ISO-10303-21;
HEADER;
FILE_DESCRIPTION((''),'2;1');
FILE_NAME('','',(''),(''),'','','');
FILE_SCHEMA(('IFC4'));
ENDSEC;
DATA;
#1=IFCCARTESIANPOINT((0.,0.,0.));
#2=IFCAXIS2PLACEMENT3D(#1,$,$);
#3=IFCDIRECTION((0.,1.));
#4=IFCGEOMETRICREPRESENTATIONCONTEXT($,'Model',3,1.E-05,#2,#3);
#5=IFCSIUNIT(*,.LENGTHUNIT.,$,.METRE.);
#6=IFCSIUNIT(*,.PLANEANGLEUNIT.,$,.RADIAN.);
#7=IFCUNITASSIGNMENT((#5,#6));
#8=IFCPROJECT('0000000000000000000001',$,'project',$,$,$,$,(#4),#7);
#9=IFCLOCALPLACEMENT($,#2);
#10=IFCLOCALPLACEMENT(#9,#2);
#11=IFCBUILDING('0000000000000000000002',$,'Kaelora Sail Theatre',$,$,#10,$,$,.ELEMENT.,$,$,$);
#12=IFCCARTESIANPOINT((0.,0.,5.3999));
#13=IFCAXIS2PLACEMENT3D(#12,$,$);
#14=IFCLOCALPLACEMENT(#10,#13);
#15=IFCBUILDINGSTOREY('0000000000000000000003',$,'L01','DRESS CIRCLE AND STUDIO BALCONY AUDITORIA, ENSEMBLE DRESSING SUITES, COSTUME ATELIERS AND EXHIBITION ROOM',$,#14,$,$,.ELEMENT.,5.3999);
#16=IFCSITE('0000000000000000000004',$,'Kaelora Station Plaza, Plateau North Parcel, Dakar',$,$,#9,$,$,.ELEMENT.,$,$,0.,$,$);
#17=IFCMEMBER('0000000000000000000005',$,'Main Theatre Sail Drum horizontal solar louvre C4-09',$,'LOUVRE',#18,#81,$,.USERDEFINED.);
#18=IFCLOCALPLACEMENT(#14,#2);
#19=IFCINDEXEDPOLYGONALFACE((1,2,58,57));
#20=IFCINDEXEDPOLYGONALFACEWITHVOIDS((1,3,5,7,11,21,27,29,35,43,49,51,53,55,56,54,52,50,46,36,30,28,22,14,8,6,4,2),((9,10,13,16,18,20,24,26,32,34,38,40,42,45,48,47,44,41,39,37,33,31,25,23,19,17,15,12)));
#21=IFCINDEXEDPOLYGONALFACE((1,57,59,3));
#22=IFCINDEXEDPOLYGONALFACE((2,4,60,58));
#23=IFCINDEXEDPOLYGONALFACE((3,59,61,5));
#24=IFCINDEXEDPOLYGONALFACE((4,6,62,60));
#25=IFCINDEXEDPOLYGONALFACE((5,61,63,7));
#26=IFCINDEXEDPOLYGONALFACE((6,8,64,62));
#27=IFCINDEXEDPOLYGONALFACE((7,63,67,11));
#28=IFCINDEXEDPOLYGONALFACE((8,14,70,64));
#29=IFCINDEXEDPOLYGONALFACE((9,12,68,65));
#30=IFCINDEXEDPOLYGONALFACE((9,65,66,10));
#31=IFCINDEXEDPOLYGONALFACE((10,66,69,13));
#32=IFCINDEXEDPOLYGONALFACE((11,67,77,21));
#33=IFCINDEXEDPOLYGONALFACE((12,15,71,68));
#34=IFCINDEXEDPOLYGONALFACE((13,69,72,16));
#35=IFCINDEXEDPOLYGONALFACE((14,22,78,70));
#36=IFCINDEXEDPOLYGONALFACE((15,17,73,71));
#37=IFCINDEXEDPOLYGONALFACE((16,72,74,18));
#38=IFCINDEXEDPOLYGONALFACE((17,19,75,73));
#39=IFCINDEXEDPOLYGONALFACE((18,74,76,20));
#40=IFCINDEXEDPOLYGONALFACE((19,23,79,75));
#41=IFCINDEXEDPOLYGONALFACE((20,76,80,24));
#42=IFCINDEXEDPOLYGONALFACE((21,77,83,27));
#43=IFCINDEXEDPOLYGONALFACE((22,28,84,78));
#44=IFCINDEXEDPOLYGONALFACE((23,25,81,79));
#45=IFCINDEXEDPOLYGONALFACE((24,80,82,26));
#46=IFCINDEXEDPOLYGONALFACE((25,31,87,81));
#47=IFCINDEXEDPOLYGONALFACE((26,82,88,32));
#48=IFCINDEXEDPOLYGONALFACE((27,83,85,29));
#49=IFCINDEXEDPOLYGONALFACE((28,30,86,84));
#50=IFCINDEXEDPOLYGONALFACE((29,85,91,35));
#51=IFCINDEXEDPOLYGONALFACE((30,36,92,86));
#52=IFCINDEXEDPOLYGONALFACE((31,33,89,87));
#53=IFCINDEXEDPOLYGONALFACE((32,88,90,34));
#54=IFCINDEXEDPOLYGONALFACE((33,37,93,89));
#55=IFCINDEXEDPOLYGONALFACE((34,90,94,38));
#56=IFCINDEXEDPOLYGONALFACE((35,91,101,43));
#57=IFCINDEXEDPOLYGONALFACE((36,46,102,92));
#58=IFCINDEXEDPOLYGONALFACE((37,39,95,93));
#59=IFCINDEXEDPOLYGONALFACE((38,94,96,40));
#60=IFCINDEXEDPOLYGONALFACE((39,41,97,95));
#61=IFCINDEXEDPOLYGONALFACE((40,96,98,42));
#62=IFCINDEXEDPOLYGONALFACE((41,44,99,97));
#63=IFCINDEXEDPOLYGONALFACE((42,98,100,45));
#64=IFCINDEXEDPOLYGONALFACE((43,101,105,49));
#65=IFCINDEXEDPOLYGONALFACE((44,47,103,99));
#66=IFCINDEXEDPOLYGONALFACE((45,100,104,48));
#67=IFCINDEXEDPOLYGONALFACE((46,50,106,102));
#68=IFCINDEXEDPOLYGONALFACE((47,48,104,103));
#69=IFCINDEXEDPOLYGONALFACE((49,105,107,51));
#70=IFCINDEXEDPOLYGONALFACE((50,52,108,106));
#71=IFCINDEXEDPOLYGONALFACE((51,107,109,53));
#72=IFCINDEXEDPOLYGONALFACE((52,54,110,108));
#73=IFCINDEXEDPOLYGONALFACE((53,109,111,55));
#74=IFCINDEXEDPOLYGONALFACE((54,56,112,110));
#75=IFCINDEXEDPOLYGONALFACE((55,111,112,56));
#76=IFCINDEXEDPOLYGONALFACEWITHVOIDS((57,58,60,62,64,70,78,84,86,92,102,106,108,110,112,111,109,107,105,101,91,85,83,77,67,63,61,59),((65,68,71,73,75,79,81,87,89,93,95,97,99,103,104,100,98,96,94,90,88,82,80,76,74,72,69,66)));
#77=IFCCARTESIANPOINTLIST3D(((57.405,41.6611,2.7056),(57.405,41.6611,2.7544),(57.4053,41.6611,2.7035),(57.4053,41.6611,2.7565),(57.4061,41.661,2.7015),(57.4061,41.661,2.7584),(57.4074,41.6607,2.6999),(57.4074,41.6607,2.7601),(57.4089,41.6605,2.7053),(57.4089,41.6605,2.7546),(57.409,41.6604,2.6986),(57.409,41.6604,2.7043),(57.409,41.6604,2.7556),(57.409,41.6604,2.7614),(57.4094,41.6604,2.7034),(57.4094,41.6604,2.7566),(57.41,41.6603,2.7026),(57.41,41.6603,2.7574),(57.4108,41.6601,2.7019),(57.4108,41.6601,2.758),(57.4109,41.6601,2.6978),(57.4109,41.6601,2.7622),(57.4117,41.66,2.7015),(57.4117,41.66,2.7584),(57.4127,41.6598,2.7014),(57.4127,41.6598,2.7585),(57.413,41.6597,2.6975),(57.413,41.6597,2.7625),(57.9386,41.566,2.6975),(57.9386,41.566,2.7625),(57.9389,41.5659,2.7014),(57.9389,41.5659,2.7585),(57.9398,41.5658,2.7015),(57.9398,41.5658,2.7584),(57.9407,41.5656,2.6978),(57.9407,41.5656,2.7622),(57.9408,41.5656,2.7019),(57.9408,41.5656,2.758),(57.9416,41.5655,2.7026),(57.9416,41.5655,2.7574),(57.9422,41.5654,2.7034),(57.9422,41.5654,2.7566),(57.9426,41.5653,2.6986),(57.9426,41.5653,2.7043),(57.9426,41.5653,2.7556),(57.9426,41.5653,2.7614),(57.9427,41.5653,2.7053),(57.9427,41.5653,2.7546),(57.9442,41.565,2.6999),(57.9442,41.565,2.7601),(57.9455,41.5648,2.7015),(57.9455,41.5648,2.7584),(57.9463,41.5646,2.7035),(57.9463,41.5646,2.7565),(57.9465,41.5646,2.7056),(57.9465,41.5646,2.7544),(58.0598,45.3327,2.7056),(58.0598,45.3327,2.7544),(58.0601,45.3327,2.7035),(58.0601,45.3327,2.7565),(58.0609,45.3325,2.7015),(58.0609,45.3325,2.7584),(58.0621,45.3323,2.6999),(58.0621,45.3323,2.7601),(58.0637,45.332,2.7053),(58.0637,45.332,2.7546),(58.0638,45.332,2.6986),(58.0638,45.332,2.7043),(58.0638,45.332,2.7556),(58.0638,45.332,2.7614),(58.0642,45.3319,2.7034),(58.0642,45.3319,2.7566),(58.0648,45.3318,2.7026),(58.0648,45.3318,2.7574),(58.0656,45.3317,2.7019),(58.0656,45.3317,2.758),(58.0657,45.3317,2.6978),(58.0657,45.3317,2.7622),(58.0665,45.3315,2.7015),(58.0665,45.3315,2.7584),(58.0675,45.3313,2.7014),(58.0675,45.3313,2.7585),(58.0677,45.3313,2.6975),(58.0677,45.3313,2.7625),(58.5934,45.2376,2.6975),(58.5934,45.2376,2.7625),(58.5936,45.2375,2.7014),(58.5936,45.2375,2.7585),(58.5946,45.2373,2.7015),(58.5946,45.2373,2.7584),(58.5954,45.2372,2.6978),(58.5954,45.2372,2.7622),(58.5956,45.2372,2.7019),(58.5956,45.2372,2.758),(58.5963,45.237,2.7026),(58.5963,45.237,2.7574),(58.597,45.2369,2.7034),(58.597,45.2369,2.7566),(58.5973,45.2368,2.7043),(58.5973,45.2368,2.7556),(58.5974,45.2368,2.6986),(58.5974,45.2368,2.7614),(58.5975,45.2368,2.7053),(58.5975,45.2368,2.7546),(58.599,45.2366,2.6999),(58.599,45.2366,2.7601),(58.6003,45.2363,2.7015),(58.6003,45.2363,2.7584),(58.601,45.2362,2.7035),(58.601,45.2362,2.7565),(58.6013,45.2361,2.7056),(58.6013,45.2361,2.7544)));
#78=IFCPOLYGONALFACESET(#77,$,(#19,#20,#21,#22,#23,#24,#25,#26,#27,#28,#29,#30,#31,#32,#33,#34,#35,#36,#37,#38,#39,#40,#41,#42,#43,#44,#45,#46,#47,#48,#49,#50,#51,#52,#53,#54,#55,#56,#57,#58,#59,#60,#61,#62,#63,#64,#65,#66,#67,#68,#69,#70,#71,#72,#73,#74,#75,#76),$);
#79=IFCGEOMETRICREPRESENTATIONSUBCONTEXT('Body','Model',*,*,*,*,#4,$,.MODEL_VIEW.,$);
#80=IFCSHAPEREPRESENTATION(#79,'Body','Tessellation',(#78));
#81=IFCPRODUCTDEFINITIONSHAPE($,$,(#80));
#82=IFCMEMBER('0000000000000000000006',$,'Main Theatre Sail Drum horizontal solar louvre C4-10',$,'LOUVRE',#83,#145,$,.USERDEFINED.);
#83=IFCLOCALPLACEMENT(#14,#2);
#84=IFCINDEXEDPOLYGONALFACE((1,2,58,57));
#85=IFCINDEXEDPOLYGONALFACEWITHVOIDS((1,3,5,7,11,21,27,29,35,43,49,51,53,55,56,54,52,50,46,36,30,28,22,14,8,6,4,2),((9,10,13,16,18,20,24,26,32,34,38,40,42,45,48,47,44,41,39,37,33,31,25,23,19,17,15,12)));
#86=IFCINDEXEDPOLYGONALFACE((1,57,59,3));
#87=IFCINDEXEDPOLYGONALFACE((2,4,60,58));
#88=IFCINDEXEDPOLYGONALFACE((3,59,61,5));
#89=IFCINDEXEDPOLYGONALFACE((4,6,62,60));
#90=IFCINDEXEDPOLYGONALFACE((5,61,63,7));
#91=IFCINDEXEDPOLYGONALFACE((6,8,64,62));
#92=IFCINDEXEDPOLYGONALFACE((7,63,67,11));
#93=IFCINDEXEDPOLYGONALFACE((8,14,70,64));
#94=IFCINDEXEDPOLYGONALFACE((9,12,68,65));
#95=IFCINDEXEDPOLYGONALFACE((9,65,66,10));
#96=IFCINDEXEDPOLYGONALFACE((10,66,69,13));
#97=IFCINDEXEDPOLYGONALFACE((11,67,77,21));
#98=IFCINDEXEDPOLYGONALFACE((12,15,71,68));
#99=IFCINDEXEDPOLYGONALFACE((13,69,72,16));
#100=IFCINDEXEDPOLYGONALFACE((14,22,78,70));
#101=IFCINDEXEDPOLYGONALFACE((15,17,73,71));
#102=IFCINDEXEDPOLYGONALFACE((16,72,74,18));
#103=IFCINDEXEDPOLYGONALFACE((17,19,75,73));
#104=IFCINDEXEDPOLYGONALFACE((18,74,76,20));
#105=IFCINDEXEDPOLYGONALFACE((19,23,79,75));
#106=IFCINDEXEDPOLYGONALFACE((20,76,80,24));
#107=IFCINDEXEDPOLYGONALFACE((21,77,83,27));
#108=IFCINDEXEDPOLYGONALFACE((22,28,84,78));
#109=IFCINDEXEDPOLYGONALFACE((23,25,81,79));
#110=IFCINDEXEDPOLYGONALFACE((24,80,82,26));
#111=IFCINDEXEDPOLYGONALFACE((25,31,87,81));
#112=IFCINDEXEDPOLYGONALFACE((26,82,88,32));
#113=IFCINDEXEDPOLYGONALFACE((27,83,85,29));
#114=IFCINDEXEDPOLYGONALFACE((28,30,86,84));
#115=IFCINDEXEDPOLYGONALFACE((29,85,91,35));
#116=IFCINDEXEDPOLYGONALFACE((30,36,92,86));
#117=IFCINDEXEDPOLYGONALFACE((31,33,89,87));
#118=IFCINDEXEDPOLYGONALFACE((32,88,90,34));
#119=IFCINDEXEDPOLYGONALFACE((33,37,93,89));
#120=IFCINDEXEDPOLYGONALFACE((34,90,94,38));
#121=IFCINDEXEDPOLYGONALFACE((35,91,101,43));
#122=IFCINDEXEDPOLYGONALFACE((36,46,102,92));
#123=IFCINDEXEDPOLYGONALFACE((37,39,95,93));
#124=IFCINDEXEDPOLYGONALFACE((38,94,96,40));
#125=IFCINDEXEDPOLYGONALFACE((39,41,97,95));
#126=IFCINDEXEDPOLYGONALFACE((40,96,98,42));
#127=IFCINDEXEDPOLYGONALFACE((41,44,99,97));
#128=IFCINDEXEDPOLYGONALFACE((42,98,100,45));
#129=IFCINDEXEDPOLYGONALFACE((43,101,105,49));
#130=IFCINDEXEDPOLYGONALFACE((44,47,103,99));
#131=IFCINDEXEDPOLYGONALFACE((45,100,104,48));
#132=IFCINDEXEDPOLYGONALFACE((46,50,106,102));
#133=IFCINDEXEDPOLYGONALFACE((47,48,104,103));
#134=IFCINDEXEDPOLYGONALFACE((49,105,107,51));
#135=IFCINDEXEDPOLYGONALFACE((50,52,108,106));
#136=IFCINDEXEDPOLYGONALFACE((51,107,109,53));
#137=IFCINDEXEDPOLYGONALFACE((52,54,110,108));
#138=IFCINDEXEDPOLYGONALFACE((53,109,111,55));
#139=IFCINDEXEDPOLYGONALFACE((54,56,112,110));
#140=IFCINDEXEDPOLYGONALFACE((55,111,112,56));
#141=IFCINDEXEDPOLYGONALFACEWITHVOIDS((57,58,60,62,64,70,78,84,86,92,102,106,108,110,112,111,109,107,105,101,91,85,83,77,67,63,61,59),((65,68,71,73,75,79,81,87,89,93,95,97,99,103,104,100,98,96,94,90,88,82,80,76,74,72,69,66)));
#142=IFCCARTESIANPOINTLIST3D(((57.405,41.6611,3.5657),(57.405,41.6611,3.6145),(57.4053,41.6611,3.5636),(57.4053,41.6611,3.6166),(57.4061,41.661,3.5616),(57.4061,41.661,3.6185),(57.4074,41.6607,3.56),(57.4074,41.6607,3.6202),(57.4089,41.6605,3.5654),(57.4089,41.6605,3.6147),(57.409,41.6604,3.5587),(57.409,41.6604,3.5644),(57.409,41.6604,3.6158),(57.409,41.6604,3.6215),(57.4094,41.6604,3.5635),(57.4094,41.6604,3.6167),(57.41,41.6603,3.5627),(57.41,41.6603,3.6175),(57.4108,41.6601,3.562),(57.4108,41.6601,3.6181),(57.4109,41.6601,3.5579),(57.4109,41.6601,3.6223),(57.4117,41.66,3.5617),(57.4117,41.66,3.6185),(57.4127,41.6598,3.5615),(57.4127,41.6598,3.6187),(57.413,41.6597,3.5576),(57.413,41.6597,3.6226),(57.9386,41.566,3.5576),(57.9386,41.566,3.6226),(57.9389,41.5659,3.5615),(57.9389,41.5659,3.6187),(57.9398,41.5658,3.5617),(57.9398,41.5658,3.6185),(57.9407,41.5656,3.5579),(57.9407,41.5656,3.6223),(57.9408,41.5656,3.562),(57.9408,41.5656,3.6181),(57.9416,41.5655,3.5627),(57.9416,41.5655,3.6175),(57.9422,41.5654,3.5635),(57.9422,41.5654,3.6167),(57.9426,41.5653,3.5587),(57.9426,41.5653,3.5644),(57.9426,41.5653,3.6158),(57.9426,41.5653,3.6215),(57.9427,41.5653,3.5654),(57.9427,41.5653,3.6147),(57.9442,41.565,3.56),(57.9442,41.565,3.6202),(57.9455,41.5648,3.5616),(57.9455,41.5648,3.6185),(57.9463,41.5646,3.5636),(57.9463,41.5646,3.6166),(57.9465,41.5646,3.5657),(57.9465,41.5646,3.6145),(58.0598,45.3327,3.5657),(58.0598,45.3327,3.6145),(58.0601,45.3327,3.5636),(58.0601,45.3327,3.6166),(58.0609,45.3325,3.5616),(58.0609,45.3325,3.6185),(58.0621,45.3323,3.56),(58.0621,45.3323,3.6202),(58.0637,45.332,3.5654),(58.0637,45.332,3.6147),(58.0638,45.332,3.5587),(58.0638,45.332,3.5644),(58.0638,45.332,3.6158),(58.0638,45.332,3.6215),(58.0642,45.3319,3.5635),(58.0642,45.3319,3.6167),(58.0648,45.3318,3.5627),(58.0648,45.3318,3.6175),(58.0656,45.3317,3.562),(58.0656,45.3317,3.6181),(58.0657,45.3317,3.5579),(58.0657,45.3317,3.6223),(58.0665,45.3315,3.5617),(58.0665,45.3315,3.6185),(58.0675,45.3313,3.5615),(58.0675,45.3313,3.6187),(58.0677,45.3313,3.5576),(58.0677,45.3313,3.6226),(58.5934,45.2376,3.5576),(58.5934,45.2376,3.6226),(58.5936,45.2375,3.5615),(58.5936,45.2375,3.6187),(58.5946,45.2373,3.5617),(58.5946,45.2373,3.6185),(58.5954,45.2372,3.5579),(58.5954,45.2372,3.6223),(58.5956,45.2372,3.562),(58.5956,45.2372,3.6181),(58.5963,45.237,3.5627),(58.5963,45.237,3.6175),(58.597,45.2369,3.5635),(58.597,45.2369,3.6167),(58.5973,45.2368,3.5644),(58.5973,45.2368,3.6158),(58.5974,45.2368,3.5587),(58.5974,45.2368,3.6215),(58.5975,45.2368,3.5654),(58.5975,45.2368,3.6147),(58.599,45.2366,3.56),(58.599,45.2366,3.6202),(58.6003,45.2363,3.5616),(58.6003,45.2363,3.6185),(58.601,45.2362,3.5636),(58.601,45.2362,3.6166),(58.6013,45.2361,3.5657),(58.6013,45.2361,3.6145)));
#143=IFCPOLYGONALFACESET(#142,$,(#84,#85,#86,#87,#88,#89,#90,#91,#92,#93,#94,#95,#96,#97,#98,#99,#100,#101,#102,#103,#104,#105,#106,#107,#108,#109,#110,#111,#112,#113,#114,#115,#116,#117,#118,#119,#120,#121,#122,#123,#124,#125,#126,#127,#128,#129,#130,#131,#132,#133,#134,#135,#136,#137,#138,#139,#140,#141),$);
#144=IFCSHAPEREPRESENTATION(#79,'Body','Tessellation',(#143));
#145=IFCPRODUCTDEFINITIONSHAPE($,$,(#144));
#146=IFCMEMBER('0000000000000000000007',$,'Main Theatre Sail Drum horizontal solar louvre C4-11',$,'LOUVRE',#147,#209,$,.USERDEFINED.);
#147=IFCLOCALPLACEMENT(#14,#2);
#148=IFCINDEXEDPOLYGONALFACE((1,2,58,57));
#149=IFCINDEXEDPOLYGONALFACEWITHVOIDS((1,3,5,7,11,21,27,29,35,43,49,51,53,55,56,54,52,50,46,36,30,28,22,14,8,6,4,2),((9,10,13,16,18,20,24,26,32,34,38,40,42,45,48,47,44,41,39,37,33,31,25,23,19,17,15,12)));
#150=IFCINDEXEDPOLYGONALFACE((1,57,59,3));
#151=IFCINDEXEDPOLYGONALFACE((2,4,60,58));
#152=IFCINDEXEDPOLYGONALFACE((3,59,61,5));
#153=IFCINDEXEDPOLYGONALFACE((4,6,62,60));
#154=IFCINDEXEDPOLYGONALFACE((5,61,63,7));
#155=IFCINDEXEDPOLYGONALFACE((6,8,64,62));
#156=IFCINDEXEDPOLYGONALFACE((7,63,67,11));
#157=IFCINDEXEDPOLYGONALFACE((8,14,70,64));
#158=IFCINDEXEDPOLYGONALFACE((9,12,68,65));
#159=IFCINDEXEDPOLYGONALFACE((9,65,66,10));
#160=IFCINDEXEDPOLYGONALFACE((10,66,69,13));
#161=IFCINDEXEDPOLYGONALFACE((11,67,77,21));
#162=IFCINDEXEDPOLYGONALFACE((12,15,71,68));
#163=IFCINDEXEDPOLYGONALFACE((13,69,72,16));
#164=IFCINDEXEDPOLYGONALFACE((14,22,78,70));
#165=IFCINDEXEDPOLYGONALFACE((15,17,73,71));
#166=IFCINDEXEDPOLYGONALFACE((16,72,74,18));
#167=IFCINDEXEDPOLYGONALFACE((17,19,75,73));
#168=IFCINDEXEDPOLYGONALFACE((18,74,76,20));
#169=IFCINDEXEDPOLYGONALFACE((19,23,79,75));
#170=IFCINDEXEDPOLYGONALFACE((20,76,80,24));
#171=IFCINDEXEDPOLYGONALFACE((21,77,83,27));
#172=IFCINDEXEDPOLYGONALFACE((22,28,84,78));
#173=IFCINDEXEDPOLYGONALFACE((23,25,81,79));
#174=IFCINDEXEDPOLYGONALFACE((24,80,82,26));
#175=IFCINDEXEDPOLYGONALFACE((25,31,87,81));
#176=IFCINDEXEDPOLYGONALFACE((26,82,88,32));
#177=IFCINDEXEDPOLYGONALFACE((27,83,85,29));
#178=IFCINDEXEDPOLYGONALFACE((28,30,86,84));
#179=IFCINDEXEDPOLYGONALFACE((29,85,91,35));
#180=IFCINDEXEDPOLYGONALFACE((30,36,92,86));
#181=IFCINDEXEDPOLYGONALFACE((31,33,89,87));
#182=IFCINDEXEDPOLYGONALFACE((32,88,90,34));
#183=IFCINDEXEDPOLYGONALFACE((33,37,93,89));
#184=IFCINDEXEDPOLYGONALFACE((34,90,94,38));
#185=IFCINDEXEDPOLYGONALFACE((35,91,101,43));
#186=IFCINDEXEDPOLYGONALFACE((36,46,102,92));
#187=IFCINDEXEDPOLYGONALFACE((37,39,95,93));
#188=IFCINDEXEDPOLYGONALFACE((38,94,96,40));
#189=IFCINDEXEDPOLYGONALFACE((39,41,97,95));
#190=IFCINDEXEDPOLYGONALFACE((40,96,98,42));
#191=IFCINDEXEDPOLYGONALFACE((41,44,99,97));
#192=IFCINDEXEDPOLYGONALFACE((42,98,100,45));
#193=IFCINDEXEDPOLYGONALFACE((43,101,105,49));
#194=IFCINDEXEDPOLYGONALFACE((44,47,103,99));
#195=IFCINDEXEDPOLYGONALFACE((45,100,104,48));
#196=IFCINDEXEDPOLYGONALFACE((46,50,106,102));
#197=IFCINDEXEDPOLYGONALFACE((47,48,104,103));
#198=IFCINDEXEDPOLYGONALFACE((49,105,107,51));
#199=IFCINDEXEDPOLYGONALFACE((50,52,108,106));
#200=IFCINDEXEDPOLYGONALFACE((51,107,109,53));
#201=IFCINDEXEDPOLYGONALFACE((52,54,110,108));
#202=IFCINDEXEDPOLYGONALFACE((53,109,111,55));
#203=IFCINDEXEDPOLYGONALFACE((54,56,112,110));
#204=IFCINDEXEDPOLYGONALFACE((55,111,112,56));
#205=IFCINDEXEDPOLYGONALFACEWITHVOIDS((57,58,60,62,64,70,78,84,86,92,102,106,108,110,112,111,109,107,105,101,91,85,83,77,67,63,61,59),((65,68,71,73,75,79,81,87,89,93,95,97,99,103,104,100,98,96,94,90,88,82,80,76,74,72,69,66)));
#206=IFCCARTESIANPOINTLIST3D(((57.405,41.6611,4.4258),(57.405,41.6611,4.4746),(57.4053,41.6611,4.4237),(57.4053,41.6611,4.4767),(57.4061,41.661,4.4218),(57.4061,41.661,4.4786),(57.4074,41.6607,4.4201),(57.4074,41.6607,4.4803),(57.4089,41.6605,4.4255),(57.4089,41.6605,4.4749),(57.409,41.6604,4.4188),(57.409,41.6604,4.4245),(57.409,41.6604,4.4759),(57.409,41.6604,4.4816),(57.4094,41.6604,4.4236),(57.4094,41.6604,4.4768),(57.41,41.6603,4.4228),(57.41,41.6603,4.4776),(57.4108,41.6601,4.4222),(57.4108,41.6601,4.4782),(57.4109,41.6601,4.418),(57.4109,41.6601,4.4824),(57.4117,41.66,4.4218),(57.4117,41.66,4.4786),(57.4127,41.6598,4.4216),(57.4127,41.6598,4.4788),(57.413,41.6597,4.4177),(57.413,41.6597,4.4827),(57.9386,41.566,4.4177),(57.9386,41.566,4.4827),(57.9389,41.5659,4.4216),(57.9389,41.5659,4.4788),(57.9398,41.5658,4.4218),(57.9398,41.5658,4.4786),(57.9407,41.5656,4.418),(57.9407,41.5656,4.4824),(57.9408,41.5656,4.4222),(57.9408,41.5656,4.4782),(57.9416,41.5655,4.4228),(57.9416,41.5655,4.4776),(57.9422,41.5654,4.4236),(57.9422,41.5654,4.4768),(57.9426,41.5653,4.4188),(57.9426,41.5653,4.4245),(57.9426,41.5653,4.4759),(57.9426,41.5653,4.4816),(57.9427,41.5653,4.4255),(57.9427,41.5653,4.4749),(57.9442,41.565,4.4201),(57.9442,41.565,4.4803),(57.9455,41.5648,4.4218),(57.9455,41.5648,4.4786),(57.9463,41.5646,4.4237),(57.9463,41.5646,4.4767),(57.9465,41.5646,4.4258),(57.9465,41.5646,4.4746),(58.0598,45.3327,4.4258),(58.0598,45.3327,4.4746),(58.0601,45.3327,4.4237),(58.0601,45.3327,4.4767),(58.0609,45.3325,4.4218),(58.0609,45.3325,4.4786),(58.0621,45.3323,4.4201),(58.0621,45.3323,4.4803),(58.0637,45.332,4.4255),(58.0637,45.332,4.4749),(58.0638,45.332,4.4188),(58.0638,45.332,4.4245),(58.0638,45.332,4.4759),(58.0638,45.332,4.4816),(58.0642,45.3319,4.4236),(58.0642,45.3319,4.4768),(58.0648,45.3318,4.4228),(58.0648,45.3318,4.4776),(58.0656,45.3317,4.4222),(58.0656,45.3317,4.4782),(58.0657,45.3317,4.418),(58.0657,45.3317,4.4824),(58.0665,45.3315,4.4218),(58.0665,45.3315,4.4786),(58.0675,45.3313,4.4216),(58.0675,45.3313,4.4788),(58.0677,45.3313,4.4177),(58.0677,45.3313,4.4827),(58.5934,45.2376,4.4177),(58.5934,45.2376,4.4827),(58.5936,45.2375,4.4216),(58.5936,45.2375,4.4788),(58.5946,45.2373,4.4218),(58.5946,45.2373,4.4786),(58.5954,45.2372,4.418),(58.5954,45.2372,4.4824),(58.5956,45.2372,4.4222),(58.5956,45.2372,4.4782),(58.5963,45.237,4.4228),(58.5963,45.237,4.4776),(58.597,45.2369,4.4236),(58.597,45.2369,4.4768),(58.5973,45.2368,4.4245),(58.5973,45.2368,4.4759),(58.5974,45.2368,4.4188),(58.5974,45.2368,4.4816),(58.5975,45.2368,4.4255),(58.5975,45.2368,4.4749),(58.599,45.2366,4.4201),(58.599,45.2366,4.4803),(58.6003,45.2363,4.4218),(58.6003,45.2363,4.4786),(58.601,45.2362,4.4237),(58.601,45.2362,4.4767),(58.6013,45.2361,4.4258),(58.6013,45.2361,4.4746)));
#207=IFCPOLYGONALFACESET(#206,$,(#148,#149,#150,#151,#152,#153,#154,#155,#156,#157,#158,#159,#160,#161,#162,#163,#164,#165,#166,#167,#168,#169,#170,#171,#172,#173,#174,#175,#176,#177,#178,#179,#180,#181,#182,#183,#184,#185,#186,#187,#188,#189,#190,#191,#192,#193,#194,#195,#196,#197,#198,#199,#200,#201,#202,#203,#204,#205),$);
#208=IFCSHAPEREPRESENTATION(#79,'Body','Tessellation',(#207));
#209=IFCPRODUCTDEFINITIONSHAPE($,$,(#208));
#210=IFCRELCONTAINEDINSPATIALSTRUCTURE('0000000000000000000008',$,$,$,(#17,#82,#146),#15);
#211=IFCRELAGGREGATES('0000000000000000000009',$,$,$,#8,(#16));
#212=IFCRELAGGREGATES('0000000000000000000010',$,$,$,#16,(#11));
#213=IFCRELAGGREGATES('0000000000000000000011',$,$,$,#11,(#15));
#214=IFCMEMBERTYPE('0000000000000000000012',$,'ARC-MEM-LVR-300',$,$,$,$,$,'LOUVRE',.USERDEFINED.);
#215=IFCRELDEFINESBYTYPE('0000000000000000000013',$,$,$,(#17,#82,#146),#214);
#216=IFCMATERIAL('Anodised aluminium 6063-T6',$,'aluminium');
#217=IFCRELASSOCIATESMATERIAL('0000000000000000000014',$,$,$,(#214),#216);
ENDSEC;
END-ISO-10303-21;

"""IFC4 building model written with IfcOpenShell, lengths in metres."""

from ifc_helpers import new_model, si_unit, direction, frame, origin, origin_2d, place, context, subcontext, project, spatial, hollow_rectangle, extrude, material, material_profile, profile_set, type_object, element, save


model = new_model("IFC4")

# Units and contexts
model_context = context("Model", 3, precision=1e-05, world=origin(), true_north=direction((0.0, 1.0)))
body_context = subcontext(model_context, "Body", "Model", "MODEL_VIEW")
ifc_project = project(units=[si_unit("LENGTHUNIT", "METRE"), si_unit("PLANEANGLEUNIT", "RADIAN")], contexts=[model_context])

# Site, building, storey
site_placement = place(None, origin())
site = spatial("IfcSite", under=ifc_project, at=site_placement, Name="Kaelora Station Plaza, Plateau North Parcel, Dakar", CompositionType="ELEMENT", RefElevation=0.0)
building_placement = place(site_placement, origin())
building = spatial("IfcBuilding", under=site, at=building_placement, Name="Kaelora Sail Theatre", CompositionType="ELEMENT")
storey_placement = place(building_placement, frame((0.0, 0.0, 5.3999)))
storey = spatial("IfcBuildingStorey", under=building, at=storey_placement, Name="L01", Description="DRESS CIRCLE AND STUDIO BALCONY AUDITORIA, ENSEMBLE DRESSING SUITES, COSTUME ATELIERS AND EXHIBITION ROOM", CompositionType="ELEMENT", Elevation=5.3999)

# Members
ifc_material_1 = material(Name="Anodised aluminium 6063-T6", Category="aluminium")
ifc_material_profile_1 = material_profile(ifc_material_1, hollow_rectangle(XDim=0.55, YDim=0.0649, WallThickness=0.0039, InnerFilletRadius=0.0039, OuterFilletRadius=0.0081, at=origin_2d()), Name="LOUVRE 550x65x4")
ifc_profile_set_1 = profile_set([ifc_material_profile_1], Name="Anodised aluminium 6063-T6")
member_type_1 = type_object("IfcMemberType", Name="ARC-MEM-LVR-300", ElementType="LOUVRE", PredefinedType="USERDEFINED", material=ifc_profile_set_1)
for number, where, z_axis, x_axis, name in (
    (1, (58.3306, 45.2844, 2.73), (-0.175566, -0.984468, 0.0), (0.984468, -0.175566, 0.0), "Main Theatre Sail Drum horizontal solar louvre C4-09"),
    (2, (58.3306, 45.2844, 3.5901), (-0.175566, -0.984468, 0.0), (0.984468, -0.175566, 0.0), "Main Theatre Sail Drum horizontal solar louvre C4-10"),
    (3, (58.3306, 45.2844, 4.4502), (-0.175566, -0.984468, 0.0), (0.984468, -0.175566, 0.0), "Main Theatre Sail Drum horizontal solar louvre C4-11"),
):
    element("IfcMember", number, at=place(storey_placement, frame(where, z_axis=z_axis, x_axis=x_axis)), inside=storey, type_object=member_type_1, Name=name, ObjectType="LOUVRE", PredefinedType="USERDEFINED", context=body_context, shape_type="SweptSolid", body=[
        extrude(hollow_rectangle(XDim=0.55, YDim=0.0649, WallThickness=0.0039, InnerFilletRadius=0.0039, OuterFilletRadius=0.0081, at=origin_2d()), origin(), (0.0, 0.0, 1.0), 3.7295),
    ])

save(model, "model.ifc")
